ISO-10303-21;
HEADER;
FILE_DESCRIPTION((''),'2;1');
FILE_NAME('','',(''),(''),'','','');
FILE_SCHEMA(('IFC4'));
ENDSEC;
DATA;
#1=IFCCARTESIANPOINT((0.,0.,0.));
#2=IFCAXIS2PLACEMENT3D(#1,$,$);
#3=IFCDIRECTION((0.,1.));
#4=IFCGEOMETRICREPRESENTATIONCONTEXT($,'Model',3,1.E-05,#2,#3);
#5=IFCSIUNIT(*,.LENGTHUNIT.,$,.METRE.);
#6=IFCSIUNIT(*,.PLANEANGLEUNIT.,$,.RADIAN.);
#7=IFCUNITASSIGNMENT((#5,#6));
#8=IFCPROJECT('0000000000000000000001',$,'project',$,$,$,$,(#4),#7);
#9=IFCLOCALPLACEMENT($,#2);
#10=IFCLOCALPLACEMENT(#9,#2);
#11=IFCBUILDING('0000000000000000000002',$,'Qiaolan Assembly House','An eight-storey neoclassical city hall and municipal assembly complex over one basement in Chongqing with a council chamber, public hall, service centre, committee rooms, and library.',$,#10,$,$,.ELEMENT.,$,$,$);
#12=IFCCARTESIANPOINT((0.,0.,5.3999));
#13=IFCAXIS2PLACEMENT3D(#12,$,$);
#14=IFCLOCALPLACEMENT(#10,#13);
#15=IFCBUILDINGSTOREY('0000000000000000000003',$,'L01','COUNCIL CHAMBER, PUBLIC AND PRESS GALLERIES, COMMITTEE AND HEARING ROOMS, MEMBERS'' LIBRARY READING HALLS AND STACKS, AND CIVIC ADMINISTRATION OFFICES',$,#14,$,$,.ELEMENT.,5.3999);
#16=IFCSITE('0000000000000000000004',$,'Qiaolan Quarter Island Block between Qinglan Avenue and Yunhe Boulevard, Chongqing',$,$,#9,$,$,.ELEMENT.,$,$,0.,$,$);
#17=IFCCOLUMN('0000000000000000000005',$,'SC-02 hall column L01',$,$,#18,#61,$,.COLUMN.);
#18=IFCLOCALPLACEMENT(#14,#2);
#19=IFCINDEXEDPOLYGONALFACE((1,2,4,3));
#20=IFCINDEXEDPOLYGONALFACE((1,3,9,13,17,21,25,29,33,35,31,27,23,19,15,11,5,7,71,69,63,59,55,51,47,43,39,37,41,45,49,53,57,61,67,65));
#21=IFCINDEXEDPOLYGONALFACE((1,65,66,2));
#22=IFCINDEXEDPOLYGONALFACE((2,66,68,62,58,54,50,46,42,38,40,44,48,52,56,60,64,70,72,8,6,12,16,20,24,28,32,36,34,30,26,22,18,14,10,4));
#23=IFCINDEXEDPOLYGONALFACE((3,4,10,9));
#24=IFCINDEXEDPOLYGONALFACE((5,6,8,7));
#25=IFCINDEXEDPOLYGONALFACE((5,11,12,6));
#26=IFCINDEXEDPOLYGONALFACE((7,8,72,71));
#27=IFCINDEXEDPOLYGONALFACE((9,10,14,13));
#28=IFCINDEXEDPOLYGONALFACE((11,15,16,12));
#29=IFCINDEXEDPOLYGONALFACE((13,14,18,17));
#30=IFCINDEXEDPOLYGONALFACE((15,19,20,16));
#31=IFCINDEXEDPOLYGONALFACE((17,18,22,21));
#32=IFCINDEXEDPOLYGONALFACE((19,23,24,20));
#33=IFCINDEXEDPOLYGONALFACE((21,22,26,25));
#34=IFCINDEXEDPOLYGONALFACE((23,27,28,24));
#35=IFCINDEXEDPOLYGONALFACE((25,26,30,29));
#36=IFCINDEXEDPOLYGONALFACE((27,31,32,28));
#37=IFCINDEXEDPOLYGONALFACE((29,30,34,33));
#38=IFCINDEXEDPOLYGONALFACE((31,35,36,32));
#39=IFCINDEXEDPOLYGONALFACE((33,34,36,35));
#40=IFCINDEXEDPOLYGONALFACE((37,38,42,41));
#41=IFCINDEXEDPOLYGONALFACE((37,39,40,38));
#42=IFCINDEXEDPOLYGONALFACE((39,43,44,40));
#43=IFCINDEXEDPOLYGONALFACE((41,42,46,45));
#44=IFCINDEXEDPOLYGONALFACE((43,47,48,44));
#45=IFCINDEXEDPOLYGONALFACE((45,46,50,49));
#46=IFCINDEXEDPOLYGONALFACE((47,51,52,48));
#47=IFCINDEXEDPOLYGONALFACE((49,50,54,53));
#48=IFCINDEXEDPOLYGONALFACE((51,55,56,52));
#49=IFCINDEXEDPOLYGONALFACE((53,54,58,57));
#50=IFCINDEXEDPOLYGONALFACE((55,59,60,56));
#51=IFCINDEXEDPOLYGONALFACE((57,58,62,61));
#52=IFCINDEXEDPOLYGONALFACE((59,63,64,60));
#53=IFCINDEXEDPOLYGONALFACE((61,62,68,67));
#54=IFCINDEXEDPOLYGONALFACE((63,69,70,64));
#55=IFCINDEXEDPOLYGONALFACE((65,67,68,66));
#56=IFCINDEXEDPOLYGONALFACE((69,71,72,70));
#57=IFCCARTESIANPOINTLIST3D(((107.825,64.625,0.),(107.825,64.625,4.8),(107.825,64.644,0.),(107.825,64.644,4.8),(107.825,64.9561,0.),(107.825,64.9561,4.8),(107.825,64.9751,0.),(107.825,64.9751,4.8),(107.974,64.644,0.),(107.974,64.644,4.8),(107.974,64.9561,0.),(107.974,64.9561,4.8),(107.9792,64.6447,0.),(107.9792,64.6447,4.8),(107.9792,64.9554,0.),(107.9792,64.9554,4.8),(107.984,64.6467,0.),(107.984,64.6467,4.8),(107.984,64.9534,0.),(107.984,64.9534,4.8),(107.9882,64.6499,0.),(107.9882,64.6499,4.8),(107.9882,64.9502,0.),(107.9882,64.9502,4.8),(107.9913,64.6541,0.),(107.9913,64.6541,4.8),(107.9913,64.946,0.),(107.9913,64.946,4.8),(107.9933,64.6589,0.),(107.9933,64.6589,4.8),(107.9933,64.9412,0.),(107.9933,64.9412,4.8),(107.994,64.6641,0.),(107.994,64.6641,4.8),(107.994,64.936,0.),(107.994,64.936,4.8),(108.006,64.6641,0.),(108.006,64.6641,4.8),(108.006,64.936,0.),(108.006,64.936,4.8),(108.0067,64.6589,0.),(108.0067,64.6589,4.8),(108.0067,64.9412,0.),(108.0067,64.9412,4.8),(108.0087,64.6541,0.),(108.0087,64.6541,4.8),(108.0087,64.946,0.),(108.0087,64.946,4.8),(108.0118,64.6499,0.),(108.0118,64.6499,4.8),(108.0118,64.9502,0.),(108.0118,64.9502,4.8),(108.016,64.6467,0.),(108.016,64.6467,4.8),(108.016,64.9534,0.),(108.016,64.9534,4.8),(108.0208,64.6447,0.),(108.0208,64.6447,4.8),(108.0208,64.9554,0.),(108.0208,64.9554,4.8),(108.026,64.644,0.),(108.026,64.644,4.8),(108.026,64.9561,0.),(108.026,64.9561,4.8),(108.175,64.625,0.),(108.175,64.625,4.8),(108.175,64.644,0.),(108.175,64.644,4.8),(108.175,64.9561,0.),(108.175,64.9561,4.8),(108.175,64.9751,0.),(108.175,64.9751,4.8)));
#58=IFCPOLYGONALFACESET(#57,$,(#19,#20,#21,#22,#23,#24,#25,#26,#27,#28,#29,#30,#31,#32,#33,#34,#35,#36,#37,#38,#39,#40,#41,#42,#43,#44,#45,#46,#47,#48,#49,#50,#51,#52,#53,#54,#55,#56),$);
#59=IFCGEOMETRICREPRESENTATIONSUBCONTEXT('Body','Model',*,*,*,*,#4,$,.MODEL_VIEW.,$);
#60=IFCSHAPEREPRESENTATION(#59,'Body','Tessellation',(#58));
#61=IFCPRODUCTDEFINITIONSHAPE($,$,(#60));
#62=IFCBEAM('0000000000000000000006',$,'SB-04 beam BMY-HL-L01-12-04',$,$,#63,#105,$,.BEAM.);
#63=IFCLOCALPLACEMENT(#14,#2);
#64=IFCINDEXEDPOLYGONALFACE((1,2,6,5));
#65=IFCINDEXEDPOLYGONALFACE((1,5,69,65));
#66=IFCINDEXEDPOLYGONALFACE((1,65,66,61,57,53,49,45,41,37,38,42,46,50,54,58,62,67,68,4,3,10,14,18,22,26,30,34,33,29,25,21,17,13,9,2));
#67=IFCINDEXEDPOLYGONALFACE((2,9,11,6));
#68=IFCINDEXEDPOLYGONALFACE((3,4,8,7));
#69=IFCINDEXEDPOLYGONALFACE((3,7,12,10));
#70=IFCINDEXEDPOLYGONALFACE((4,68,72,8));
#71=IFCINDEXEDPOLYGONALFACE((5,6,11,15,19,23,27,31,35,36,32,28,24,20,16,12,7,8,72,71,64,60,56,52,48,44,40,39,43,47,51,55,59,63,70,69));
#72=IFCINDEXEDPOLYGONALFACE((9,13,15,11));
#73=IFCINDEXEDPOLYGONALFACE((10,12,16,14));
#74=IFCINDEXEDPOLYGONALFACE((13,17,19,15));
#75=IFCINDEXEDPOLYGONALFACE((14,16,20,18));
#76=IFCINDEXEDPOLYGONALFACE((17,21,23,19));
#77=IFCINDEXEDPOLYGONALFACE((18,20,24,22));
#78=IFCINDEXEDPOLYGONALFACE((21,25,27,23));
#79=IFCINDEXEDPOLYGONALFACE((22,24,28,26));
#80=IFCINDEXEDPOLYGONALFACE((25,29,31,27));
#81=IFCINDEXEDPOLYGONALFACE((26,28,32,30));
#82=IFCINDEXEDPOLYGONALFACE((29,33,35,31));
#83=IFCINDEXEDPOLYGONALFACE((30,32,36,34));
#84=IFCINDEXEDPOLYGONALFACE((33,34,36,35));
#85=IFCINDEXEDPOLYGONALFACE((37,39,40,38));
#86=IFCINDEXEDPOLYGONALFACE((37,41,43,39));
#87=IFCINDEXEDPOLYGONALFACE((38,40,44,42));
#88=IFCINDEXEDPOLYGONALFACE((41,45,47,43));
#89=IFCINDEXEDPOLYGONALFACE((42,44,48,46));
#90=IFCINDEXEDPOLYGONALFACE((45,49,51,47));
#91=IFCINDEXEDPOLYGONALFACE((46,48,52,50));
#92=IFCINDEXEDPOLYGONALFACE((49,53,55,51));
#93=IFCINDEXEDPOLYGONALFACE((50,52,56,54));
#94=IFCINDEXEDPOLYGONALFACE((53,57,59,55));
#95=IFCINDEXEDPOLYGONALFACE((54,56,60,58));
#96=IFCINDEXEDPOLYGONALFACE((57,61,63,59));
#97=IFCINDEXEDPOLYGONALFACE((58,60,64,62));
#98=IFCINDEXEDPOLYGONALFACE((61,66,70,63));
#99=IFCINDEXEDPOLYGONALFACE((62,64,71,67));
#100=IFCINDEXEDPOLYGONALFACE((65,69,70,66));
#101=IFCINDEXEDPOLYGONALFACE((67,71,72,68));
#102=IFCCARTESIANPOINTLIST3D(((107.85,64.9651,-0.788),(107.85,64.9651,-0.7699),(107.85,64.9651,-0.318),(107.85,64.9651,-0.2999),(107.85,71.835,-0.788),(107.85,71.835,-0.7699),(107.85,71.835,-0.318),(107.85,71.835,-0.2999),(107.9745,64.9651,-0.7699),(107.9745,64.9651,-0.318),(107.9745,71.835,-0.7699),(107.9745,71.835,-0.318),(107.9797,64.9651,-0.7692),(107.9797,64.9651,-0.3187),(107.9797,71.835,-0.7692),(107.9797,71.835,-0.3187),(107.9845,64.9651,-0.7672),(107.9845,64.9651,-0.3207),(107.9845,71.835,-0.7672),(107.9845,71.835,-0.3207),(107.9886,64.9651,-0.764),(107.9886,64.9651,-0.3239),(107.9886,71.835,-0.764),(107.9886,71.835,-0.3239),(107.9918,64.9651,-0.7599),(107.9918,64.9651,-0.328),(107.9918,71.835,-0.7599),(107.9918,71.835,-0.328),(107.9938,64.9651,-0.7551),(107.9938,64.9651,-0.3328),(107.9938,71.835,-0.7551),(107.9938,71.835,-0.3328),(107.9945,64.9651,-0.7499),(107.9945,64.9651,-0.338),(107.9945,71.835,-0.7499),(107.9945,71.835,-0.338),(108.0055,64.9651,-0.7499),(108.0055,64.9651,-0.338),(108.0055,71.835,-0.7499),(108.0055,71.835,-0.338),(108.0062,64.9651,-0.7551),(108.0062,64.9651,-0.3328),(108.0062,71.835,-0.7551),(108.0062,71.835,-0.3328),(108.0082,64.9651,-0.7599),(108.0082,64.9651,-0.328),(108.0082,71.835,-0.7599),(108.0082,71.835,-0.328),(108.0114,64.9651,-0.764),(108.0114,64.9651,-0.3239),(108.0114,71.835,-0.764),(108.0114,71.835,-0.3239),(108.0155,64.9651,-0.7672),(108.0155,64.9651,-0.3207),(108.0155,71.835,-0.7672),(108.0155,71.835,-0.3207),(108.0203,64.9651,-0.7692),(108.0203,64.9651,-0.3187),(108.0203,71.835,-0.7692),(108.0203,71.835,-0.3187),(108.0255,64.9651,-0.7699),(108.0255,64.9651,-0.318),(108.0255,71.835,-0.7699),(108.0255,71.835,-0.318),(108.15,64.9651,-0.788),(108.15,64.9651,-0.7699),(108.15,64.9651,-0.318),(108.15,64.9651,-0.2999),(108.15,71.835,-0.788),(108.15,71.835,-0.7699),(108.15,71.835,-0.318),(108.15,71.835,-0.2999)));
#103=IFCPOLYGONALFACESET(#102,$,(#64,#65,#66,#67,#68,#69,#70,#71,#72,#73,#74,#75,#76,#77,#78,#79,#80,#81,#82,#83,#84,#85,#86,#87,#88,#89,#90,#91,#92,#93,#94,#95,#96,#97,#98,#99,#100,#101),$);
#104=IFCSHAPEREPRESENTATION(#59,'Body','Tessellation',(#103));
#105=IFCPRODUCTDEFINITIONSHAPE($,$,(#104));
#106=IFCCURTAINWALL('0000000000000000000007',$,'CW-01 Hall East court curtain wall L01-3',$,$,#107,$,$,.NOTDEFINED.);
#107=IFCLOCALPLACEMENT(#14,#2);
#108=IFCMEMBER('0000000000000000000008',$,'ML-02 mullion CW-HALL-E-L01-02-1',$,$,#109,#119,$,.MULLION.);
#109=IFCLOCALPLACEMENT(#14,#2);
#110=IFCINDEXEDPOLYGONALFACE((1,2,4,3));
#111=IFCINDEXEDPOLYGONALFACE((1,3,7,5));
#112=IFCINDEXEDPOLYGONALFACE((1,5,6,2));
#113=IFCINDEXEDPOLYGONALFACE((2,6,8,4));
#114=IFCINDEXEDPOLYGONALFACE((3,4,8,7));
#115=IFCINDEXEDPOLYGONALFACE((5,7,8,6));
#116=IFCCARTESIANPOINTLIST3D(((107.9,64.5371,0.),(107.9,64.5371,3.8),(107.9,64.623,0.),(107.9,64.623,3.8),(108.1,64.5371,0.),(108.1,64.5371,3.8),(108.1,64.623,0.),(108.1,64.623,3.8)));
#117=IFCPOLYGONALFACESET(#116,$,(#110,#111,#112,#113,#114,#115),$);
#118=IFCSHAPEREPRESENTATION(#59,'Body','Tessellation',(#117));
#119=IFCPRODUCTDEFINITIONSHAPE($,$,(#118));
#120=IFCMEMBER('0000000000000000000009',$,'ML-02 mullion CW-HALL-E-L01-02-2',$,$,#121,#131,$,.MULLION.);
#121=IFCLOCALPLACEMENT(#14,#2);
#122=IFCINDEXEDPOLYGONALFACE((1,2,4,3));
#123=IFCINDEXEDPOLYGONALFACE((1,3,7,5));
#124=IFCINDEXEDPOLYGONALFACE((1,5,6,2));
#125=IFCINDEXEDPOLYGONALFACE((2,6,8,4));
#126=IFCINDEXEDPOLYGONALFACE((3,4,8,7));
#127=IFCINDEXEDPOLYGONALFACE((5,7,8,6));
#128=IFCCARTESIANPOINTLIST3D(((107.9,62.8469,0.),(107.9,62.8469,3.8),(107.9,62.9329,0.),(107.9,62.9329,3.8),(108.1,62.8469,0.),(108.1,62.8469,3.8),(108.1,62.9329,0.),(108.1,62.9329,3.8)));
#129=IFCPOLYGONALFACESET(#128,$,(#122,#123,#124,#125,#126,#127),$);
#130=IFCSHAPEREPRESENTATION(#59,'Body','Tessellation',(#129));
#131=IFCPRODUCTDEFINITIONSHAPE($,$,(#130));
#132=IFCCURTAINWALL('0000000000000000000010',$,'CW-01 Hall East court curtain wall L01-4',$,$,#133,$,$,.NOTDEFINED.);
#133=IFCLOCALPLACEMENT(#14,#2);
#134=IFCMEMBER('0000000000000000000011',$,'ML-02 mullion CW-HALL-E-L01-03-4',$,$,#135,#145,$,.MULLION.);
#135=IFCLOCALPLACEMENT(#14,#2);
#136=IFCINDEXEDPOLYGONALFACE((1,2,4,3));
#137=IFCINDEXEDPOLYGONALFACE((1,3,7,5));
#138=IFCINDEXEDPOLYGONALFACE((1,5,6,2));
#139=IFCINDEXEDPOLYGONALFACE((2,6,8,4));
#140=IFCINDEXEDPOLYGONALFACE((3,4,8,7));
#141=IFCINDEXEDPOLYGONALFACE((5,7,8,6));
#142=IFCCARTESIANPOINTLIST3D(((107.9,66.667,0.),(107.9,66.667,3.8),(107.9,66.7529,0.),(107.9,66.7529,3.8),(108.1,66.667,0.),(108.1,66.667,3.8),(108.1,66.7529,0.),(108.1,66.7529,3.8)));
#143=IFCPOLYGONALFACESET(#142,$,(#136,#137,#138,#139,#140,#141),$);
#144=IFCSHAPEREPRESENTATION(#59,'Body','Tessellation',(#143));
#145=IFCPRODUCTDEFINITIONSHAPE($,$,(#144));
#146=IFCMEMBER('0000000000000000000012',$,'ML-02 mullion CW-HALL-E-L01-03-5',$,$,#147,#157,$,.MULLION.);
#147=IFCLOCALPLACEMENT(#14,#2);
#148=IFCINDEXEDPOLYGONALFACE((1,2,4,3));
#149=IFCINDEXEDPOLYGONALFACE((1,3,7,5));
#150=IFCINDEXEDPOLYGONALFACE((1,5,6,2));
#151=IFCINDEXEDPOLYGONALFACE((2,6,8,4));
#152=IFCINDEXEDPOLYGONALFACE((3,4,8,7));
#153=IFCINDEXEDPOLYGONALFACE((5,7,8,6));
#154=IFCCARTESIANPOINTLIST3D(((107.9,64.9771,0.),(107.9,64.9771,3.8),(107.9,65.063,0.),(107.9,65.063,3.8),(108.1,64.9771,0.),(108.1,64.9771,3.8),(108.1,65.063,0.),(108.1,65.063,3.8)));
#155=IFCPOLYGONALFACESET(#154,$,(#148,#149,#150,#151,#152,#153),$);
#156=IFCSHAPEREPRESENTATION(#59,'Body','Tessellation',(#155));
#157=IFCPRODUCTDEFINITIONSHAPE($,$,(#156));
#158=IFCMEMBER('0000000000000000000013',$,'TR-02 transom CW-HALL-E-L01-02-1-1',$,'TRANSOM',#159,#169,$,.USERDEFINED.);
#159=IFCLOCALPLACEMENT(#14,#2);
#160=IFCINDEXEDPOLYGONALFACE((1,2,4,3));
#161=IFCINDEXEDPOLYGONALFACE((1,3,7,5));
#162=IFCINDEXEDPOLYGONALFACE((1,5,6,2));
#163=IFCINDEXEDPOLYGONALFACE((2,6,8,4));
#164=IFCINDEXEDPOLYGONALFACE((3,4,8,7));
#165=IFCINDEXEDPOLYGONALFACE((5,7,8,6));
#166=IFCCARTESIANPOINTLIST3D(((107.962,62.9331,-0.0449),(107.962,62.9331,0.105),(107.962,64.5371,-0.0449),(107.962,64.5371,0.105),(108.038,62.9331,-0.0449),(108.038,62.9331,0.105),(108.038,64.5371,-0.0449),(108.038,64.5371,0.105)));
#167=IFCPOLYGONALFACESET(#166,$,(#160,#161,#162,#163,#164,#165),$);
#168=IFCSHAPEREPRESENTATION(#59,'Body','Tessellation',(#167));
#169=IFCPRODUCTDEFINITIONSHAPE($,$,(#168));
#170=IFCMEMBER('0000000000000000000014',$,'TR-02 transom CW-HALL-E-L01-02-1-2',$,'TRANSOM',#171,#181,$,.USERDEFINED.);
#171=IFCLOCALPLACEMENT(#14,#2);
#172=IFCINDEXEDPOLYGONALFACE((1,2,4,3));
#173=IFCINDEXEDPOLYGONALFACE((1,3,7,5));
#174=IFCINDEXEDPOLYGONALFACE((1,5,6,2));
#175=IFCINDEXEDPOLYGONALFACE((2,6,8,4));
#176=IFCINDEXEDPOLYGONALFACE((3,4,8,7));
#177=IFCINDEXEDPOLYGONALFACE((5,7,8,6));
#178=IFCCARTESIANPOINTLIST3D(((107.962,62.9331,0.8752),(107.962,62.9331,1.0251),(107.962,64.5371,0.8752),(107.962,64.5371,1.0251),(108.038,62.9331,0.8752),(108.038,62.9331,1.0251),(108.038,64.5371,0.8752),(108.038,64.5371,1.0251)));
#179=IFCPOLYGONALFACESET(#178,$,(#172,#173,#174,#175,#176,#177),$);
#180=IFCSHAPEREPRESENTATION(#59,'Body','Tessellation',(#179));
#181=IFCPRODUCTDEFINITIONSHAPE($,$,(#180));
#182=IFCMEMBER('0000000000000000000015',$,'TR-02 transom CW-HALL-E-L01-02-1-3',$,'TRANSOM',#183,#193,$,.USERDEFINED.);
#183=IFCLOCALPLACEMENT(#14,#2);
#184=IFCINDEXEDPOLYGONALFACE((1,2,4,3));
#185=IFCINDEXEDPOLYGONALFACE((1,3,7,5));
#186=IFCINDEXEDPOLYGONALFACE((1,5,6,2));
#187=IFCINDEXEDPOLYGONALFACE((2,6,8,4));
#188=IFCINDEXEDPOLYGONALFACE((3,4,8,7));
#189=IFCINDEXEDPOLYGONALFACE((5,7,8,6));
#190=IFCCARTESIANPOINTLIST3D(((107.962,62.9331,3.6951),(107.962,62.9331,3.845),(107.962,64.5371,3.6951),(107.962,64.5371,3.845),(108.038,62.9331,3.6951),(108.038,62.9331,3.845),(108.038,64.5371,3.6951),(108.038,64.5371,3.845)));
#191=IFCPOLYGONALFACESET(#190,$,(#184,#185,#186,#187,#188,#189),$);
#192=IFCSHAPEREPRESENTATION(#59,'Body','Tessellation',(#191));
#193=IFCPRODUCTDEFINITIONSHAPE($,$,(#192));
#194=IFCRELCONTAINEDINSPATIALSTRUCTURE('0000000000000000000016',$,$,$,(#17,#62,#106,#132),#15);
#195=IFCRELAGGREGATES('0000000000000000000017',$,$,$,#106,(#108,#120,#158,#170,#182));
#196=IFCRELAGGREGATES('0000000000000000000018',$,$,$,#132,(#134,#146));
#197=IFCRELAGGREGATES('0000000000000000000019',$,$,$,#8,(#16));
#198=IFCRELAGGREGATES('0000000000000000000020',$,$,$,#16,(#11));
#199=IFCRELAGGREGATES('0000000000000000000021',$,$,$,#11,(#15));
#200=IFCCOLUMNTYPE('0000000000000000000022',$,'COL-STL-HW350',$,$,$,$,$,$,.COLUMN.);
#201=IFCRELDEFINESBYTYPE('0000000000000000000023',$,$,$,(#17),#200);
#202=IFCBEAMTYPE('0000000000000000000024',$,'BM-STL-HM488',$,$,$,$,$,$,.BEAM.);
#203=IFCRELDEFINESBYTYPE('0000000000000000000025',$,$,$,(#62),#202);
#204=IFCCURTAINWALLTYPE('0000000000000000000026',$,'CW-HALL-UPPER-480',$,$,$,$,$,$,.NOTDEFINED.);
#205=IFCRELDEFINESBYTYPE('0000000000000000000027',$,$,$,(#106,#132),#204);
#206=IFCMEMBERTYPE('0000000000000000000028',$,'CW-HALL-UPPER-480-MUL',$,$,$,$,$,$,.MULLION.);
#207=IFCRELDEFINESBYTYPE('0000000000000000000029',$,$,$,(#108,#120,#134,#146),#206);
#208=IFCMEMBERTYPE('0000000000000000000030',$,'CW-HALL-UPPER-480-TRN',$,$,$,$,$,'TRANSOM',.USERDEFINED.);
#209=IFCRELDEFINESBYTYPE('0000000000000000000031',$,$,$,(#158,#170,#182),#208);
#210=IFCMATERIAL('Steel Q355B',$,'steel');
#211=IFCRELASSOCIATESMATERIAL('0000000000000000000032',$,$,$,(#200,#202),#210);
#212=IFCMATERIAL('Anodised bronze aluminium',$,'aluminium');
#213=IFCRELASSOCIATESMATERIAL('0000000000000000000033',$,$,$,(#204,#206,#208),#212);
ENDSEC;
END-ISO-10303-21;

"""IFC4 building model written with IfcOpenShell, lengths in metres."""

from ifc_helpers import new_model, si_unit, direction, frame, origin, origin_2d, place, context, subcontext, project, spatial, rectangle, i_section, extrude, material, material_profile, profile_set, type_object, element, aggregate, save


model = new_model("IFC4")

# Units and contexts
model_context = context("Model", 3, precision=1e-05, world=origin(), true_north=direction((0.0, 1.0)))
body_context = subcontext(model_context, "Body", "Model", "MODEL_VIEW")
ifc_project = project(units=[si_unit("LENGTHUNIT", "METRE"), si_unit("PLANEANGLEUNIT", "RADIAN")], contexts=[model_context])

# Site, building, storey
site_placement = place(None, origin())
site = spatial("IfcSite", under=ifc_project, at=site_placement, Name="Qiaolan Quarter Island Block between Qinglan Avenue and Yunhe Boulevard, Chongqing", CompositionType="ELEMENT", RefElevation=0.0)
building_placement = place(site_placement, origin())
building = spatial("IfcBuilding", under=site, at=building_placement, Name="Qiaolan Assembly House", Description="An eight-storey neoclassical city hall and municipal assembly complex over one basement in Chongqing with a council chamber, public hall, service centre, committee rooms, and library.", CompositionType="ELEMENT")
storey_placement = place(building_placement, frame((0.0, 0.0, 5.3999)))
storey = spatial("IfcBuildingStorey", under=building, at=storey_placement, Name="L01", Description="COUNCIL CHAMBER, PUBLIC AND PRESS GALLERIES, COMMITTEE AND HEARING ROOMS, MEMBERS' LIBRARY READING HALLS AND STACKS, AND CIVIC ADMINISTRATION OFFICES", CompositionType="ELEMENT", Elevation=5.3999)

# Column
ifc_material_1 = material(Name="Steel Q355B", Category="steel")
ifc_material_profile_1 = material_profile(ifc_material_1, i_section(OverallWidth=0.3501, OverallDepth=0.3501, WebThickness=0.012, FlangeThickness=0.019, FilletRadius=0.02, at=origin_2d()), Name="HW 350x350x12x19")
ifc_profile_set_1 = profile_set([ifc_material_profile_1], Name="Steel Q355B")
column_type = type_object("IfcColumnType", Name="COL-STL-HW350", PredefinedType="COLUMN", material=ifc_profile_set_1)
column_placement = place(storey_placement, frame((108.0, 64.8, 0.0), z_axis=(0.0, 0.0, 1.0), x_axis=(1.0, 0.0, 0.0)))
element("IfcColumn", 1, at=column_placement, inside=storey, type_object=column_type, Name="SC-02 hall column L01", PredefinedType="COLUMN", context=body_context, shape_type="SweptSolid", body=[
    extrude(i_section(OverallWidth=0.3501, OverallDepth=0.3501, WebThickness=0.012, FlangeThickness=0.019, FilletRadius=0.02, at=origin_2d()), origin(), (0.0, 0.0, 1.0), 4.8),
])

# Beam
ifc_material_profile_2 = material_profile(ifc_material_1, i_section(OverallWidth=0.3, OverallDepth=0.488, WebThickness=0.011, FlangeThickness=0.0181, FilletRadius=0.02, at=origin_2d()), Name="HM 488x300x11x18")
ifc_profile_set_2 = profile_set([ifc_material_profile_2], Name="Steel Q355B")
beam_type = type_object("IfcBeamType", Name="BM-STL-HM488", PredefinedType="BEAM", material=ifc_profile_set_2)
beam_placement = place(storey_placement, frame((108.0, 64.9651, -0.5439), z_axis=(0.0, 1.0, 0.0), x_axis=(-1.0, 0.0, 0.0)))
element("IfcBeam", 2, at=beam_placement, inside=storey, type_object=beam_type, Name="SB-04 beam BMY-HL-L01-12-04", PredefinedType="BEAM", context=body_context, shape_type="SweptSolid", body=[
    extrude(i_section(OverallWidth=0.3, OverallDepth=0.488, WebThickness=0.011, FlangeThickness=0.0181, FilletRadius=0.02, at=origin_2d()), origin(), (0.0, 0.0, 1.0), 6.8699),
])

# Curtain walls, members
ifc_material_2 = material(Name="Anodised bronze aluminium", Category="aluminium")
curtain_wall_type = type_object("IfcCurtainWallType", Name="CW-HALL-UPPER-480", PredefinedType="NOTDEFINED", material=ifc_material_2)
curtain_wall_1_placement = place(storey_placement, origin())
curtain_wall_1 = element("IfcCurtainWall", 3, at=curtain_wall_1_placement, inside=storey, type_object=curtain_wall_type, Name="CW-01 Hall East court curtain wall L01-3", PredefinedType="NOTDEFINED")
ifc_material_profile_3 = material_profile(ifc_material_2, rectangle(XDim=0.0859, YDim=0.2, at=origin_2d()), Name="MUL 86x200")
ifc_profile_set_3 = profile_set([ifc_material_profile_3], Name="Anodised bronze aluminium")
member_type_1 = type_object("IfcMemberType", Name="CW-HALL-UPPER-480-MUL", PredefinedType="MULLION", material=ifc_profile_set_3)
member_1_placement = place(storey_placement, frame((108.0, 64.5801, 0.0), z_axis=(0.0, 0.0, 1.0), x_axis=(0.0, -1.0, 0.0)))
member_1 = element("IfcMember", 4, at=member_1_placement, type_object=member_type_1, Name="ML-02 mullion CW-HALL-E-L01-02-1", PredefinedType="MULLION", context=body_context, shape_type="SweptSolid", body=[
    extrude(rectangle(XDim=0.0859, YDim=0.2, at=origin_2d()), origin(), (0.0, 0.0, 1.0), 3.8),
])
member_2_placement = place(storey_placement, frame((108.0, 62.8899, 0.0), z_axis=(0.0, 0.0, 1.0), x_axis=(0.0, -1.0, 0.0)))
member_2 = element("IfcMember", 5, at=member_2_placement, type_object=member_type_1, Name="ML-02 mullion CW-HALL-E-L01-02-2", PredefinedType="MULLION", context=body_context, shape_type="SweptSolid", body=[
    extrude(rectangle(XDim=0.0859, YDim=0.2, at=origin_2d()), origin(), (0.0, 0.0, 1.0), 3.8),
])
curtain_wall_2_placement = place(storey_placement, origin())
curtain_wall_2 = element("IfcCurtainWall", 6, at=curtain_wall_2_placement, inside=storey, type_object=curtain_wall_type, Name="CW-01 Hall East court curtain wall L01-4", PredefinedType="NOTDEFINED")
member_3_placement = place(storey_placement, frame((108.0, 66.71, 0.0), z_axis=(0.0, 0.0, 1.0), x_axis=(0.0, -1.0, 0.0)))
member_3 = element("IfcMember", 7, at=member_3_placement, type_object=member_type_1, Name="ML-02 mullion CW-HALL-E-L01-03-4", PredefinedType="MULLION", context=body_context, shape_type="SweptSolid", body=[
    extrude(rectangle(XDim=0.0859, YDim=0.2, at=origin_2d()), origin(), (0.0, 0.0, 1.0), 3.8),
])
member_4_placement = place(storey_placement, frame((108.0, 65.02, 0.0), z_axis=(0.0, 0.0, 1.0), x_axis=(0.0, -1.0, 0.0)))
member_4 = element("IfcMember", 8, at=member_4_placement, type_object=member_type_1, Name="ML-02 mullion CW-HALL-E-L01-03-5", PredefinedType="MULLION", context=body_context, shape_type="SweptSolid", body=[
    extrude(rectangle(XDim=0.0859, YDim=0.2, at=origin_2d()), origin(), (0.0, 0.0, 1.0), 3.8),
])

# Members
ifc_material_profile_4 = material_profile(ifc_material_2, rectangle(XDim=0.0759, YDim=0.1499, at=origin_2d()), Name="TRN 76x150")
ifc_profile_set_4 = profile_set([ifc_material_profile_4], Name="Anodised bronze aluminium")
member_type_2 = type_object("IfcMemberType", Name="CW-HALL-UPPER-480-TRN", ElementType="TRANSOM", PredefinedType="USERDEFINED", material=ifc_profile_set_4)
member_5_placement = place(storey_placement, frame((108.0, 64.5371, 0.03), z_axis=(0.0, -1.0, 0.0), x_axis=(1.0, 0.0, 0.0)))
member_5 = element("IfcMember", 9, at=member_5_placement, type_object=member_type_2, Name="TR-02 transom CW-HALL-E-L01-02-1-1", ObjectType="TRANSOM", PredefinedType="USERDEFINED", context=body_context, shape_type="SweptSolid", body=[
    extrude(rectangle(XDim=0.0759, YDim=0.1499, at=origin_2d()), origin(), (0.0, 0.0, 1.0), 1.604),
])
member_6_placement = place(storey_placement, frame((108.0, 64.5371, 0.9502), z_axis=(0.0, -1.0, 0.0), x_axis=(1.0, 0.0, 0.0)))
member_6 = element("IfcMember", 10, at=member_6_placement, type_object=member_type_2, Name="TR-02 transom CW-HALL-E-L01-02-1-2", ObjectType="TRANSOM", PredefinedType="USERDEFINED", context=body_context, shape_type="SweptSolid", body=[
    extrude(rectangle(XDim=0.0759, YDim=0.1499, at=origin_2d()), origin(), (0.0, 0.0, 1.0), 1.604),
])
member_7_placement = place(storey_placement, frame((108.0, 64.5371, 3.77), z_axis=(0.0, -1.0, 0.0), x_axis=(1.0, 0.0, 0.0)))
member_7 = element("IfcMember", 11, at=member_7_placement, type_object=member_type_2, Name="TR-02 transom CW-HALL-E-L01-02-1-3", ObjectType="TRANSOM", PredefinedType="USERDEFINED", context=body_context, shape_type="SweptSolid", body=[
    extrude(rectangle(XDim=0.0759, YDim=0.1499, at=origin_2d()), origin(), (0.0, 0.0, 1.0), 1.604),
])

aggregate(curtain_wall_1, [member_1, member_2, member_5, member_6, member_7])
aggregate(curtain_wall_2, [member_3, member_4])

save(model, "model.ifc")
